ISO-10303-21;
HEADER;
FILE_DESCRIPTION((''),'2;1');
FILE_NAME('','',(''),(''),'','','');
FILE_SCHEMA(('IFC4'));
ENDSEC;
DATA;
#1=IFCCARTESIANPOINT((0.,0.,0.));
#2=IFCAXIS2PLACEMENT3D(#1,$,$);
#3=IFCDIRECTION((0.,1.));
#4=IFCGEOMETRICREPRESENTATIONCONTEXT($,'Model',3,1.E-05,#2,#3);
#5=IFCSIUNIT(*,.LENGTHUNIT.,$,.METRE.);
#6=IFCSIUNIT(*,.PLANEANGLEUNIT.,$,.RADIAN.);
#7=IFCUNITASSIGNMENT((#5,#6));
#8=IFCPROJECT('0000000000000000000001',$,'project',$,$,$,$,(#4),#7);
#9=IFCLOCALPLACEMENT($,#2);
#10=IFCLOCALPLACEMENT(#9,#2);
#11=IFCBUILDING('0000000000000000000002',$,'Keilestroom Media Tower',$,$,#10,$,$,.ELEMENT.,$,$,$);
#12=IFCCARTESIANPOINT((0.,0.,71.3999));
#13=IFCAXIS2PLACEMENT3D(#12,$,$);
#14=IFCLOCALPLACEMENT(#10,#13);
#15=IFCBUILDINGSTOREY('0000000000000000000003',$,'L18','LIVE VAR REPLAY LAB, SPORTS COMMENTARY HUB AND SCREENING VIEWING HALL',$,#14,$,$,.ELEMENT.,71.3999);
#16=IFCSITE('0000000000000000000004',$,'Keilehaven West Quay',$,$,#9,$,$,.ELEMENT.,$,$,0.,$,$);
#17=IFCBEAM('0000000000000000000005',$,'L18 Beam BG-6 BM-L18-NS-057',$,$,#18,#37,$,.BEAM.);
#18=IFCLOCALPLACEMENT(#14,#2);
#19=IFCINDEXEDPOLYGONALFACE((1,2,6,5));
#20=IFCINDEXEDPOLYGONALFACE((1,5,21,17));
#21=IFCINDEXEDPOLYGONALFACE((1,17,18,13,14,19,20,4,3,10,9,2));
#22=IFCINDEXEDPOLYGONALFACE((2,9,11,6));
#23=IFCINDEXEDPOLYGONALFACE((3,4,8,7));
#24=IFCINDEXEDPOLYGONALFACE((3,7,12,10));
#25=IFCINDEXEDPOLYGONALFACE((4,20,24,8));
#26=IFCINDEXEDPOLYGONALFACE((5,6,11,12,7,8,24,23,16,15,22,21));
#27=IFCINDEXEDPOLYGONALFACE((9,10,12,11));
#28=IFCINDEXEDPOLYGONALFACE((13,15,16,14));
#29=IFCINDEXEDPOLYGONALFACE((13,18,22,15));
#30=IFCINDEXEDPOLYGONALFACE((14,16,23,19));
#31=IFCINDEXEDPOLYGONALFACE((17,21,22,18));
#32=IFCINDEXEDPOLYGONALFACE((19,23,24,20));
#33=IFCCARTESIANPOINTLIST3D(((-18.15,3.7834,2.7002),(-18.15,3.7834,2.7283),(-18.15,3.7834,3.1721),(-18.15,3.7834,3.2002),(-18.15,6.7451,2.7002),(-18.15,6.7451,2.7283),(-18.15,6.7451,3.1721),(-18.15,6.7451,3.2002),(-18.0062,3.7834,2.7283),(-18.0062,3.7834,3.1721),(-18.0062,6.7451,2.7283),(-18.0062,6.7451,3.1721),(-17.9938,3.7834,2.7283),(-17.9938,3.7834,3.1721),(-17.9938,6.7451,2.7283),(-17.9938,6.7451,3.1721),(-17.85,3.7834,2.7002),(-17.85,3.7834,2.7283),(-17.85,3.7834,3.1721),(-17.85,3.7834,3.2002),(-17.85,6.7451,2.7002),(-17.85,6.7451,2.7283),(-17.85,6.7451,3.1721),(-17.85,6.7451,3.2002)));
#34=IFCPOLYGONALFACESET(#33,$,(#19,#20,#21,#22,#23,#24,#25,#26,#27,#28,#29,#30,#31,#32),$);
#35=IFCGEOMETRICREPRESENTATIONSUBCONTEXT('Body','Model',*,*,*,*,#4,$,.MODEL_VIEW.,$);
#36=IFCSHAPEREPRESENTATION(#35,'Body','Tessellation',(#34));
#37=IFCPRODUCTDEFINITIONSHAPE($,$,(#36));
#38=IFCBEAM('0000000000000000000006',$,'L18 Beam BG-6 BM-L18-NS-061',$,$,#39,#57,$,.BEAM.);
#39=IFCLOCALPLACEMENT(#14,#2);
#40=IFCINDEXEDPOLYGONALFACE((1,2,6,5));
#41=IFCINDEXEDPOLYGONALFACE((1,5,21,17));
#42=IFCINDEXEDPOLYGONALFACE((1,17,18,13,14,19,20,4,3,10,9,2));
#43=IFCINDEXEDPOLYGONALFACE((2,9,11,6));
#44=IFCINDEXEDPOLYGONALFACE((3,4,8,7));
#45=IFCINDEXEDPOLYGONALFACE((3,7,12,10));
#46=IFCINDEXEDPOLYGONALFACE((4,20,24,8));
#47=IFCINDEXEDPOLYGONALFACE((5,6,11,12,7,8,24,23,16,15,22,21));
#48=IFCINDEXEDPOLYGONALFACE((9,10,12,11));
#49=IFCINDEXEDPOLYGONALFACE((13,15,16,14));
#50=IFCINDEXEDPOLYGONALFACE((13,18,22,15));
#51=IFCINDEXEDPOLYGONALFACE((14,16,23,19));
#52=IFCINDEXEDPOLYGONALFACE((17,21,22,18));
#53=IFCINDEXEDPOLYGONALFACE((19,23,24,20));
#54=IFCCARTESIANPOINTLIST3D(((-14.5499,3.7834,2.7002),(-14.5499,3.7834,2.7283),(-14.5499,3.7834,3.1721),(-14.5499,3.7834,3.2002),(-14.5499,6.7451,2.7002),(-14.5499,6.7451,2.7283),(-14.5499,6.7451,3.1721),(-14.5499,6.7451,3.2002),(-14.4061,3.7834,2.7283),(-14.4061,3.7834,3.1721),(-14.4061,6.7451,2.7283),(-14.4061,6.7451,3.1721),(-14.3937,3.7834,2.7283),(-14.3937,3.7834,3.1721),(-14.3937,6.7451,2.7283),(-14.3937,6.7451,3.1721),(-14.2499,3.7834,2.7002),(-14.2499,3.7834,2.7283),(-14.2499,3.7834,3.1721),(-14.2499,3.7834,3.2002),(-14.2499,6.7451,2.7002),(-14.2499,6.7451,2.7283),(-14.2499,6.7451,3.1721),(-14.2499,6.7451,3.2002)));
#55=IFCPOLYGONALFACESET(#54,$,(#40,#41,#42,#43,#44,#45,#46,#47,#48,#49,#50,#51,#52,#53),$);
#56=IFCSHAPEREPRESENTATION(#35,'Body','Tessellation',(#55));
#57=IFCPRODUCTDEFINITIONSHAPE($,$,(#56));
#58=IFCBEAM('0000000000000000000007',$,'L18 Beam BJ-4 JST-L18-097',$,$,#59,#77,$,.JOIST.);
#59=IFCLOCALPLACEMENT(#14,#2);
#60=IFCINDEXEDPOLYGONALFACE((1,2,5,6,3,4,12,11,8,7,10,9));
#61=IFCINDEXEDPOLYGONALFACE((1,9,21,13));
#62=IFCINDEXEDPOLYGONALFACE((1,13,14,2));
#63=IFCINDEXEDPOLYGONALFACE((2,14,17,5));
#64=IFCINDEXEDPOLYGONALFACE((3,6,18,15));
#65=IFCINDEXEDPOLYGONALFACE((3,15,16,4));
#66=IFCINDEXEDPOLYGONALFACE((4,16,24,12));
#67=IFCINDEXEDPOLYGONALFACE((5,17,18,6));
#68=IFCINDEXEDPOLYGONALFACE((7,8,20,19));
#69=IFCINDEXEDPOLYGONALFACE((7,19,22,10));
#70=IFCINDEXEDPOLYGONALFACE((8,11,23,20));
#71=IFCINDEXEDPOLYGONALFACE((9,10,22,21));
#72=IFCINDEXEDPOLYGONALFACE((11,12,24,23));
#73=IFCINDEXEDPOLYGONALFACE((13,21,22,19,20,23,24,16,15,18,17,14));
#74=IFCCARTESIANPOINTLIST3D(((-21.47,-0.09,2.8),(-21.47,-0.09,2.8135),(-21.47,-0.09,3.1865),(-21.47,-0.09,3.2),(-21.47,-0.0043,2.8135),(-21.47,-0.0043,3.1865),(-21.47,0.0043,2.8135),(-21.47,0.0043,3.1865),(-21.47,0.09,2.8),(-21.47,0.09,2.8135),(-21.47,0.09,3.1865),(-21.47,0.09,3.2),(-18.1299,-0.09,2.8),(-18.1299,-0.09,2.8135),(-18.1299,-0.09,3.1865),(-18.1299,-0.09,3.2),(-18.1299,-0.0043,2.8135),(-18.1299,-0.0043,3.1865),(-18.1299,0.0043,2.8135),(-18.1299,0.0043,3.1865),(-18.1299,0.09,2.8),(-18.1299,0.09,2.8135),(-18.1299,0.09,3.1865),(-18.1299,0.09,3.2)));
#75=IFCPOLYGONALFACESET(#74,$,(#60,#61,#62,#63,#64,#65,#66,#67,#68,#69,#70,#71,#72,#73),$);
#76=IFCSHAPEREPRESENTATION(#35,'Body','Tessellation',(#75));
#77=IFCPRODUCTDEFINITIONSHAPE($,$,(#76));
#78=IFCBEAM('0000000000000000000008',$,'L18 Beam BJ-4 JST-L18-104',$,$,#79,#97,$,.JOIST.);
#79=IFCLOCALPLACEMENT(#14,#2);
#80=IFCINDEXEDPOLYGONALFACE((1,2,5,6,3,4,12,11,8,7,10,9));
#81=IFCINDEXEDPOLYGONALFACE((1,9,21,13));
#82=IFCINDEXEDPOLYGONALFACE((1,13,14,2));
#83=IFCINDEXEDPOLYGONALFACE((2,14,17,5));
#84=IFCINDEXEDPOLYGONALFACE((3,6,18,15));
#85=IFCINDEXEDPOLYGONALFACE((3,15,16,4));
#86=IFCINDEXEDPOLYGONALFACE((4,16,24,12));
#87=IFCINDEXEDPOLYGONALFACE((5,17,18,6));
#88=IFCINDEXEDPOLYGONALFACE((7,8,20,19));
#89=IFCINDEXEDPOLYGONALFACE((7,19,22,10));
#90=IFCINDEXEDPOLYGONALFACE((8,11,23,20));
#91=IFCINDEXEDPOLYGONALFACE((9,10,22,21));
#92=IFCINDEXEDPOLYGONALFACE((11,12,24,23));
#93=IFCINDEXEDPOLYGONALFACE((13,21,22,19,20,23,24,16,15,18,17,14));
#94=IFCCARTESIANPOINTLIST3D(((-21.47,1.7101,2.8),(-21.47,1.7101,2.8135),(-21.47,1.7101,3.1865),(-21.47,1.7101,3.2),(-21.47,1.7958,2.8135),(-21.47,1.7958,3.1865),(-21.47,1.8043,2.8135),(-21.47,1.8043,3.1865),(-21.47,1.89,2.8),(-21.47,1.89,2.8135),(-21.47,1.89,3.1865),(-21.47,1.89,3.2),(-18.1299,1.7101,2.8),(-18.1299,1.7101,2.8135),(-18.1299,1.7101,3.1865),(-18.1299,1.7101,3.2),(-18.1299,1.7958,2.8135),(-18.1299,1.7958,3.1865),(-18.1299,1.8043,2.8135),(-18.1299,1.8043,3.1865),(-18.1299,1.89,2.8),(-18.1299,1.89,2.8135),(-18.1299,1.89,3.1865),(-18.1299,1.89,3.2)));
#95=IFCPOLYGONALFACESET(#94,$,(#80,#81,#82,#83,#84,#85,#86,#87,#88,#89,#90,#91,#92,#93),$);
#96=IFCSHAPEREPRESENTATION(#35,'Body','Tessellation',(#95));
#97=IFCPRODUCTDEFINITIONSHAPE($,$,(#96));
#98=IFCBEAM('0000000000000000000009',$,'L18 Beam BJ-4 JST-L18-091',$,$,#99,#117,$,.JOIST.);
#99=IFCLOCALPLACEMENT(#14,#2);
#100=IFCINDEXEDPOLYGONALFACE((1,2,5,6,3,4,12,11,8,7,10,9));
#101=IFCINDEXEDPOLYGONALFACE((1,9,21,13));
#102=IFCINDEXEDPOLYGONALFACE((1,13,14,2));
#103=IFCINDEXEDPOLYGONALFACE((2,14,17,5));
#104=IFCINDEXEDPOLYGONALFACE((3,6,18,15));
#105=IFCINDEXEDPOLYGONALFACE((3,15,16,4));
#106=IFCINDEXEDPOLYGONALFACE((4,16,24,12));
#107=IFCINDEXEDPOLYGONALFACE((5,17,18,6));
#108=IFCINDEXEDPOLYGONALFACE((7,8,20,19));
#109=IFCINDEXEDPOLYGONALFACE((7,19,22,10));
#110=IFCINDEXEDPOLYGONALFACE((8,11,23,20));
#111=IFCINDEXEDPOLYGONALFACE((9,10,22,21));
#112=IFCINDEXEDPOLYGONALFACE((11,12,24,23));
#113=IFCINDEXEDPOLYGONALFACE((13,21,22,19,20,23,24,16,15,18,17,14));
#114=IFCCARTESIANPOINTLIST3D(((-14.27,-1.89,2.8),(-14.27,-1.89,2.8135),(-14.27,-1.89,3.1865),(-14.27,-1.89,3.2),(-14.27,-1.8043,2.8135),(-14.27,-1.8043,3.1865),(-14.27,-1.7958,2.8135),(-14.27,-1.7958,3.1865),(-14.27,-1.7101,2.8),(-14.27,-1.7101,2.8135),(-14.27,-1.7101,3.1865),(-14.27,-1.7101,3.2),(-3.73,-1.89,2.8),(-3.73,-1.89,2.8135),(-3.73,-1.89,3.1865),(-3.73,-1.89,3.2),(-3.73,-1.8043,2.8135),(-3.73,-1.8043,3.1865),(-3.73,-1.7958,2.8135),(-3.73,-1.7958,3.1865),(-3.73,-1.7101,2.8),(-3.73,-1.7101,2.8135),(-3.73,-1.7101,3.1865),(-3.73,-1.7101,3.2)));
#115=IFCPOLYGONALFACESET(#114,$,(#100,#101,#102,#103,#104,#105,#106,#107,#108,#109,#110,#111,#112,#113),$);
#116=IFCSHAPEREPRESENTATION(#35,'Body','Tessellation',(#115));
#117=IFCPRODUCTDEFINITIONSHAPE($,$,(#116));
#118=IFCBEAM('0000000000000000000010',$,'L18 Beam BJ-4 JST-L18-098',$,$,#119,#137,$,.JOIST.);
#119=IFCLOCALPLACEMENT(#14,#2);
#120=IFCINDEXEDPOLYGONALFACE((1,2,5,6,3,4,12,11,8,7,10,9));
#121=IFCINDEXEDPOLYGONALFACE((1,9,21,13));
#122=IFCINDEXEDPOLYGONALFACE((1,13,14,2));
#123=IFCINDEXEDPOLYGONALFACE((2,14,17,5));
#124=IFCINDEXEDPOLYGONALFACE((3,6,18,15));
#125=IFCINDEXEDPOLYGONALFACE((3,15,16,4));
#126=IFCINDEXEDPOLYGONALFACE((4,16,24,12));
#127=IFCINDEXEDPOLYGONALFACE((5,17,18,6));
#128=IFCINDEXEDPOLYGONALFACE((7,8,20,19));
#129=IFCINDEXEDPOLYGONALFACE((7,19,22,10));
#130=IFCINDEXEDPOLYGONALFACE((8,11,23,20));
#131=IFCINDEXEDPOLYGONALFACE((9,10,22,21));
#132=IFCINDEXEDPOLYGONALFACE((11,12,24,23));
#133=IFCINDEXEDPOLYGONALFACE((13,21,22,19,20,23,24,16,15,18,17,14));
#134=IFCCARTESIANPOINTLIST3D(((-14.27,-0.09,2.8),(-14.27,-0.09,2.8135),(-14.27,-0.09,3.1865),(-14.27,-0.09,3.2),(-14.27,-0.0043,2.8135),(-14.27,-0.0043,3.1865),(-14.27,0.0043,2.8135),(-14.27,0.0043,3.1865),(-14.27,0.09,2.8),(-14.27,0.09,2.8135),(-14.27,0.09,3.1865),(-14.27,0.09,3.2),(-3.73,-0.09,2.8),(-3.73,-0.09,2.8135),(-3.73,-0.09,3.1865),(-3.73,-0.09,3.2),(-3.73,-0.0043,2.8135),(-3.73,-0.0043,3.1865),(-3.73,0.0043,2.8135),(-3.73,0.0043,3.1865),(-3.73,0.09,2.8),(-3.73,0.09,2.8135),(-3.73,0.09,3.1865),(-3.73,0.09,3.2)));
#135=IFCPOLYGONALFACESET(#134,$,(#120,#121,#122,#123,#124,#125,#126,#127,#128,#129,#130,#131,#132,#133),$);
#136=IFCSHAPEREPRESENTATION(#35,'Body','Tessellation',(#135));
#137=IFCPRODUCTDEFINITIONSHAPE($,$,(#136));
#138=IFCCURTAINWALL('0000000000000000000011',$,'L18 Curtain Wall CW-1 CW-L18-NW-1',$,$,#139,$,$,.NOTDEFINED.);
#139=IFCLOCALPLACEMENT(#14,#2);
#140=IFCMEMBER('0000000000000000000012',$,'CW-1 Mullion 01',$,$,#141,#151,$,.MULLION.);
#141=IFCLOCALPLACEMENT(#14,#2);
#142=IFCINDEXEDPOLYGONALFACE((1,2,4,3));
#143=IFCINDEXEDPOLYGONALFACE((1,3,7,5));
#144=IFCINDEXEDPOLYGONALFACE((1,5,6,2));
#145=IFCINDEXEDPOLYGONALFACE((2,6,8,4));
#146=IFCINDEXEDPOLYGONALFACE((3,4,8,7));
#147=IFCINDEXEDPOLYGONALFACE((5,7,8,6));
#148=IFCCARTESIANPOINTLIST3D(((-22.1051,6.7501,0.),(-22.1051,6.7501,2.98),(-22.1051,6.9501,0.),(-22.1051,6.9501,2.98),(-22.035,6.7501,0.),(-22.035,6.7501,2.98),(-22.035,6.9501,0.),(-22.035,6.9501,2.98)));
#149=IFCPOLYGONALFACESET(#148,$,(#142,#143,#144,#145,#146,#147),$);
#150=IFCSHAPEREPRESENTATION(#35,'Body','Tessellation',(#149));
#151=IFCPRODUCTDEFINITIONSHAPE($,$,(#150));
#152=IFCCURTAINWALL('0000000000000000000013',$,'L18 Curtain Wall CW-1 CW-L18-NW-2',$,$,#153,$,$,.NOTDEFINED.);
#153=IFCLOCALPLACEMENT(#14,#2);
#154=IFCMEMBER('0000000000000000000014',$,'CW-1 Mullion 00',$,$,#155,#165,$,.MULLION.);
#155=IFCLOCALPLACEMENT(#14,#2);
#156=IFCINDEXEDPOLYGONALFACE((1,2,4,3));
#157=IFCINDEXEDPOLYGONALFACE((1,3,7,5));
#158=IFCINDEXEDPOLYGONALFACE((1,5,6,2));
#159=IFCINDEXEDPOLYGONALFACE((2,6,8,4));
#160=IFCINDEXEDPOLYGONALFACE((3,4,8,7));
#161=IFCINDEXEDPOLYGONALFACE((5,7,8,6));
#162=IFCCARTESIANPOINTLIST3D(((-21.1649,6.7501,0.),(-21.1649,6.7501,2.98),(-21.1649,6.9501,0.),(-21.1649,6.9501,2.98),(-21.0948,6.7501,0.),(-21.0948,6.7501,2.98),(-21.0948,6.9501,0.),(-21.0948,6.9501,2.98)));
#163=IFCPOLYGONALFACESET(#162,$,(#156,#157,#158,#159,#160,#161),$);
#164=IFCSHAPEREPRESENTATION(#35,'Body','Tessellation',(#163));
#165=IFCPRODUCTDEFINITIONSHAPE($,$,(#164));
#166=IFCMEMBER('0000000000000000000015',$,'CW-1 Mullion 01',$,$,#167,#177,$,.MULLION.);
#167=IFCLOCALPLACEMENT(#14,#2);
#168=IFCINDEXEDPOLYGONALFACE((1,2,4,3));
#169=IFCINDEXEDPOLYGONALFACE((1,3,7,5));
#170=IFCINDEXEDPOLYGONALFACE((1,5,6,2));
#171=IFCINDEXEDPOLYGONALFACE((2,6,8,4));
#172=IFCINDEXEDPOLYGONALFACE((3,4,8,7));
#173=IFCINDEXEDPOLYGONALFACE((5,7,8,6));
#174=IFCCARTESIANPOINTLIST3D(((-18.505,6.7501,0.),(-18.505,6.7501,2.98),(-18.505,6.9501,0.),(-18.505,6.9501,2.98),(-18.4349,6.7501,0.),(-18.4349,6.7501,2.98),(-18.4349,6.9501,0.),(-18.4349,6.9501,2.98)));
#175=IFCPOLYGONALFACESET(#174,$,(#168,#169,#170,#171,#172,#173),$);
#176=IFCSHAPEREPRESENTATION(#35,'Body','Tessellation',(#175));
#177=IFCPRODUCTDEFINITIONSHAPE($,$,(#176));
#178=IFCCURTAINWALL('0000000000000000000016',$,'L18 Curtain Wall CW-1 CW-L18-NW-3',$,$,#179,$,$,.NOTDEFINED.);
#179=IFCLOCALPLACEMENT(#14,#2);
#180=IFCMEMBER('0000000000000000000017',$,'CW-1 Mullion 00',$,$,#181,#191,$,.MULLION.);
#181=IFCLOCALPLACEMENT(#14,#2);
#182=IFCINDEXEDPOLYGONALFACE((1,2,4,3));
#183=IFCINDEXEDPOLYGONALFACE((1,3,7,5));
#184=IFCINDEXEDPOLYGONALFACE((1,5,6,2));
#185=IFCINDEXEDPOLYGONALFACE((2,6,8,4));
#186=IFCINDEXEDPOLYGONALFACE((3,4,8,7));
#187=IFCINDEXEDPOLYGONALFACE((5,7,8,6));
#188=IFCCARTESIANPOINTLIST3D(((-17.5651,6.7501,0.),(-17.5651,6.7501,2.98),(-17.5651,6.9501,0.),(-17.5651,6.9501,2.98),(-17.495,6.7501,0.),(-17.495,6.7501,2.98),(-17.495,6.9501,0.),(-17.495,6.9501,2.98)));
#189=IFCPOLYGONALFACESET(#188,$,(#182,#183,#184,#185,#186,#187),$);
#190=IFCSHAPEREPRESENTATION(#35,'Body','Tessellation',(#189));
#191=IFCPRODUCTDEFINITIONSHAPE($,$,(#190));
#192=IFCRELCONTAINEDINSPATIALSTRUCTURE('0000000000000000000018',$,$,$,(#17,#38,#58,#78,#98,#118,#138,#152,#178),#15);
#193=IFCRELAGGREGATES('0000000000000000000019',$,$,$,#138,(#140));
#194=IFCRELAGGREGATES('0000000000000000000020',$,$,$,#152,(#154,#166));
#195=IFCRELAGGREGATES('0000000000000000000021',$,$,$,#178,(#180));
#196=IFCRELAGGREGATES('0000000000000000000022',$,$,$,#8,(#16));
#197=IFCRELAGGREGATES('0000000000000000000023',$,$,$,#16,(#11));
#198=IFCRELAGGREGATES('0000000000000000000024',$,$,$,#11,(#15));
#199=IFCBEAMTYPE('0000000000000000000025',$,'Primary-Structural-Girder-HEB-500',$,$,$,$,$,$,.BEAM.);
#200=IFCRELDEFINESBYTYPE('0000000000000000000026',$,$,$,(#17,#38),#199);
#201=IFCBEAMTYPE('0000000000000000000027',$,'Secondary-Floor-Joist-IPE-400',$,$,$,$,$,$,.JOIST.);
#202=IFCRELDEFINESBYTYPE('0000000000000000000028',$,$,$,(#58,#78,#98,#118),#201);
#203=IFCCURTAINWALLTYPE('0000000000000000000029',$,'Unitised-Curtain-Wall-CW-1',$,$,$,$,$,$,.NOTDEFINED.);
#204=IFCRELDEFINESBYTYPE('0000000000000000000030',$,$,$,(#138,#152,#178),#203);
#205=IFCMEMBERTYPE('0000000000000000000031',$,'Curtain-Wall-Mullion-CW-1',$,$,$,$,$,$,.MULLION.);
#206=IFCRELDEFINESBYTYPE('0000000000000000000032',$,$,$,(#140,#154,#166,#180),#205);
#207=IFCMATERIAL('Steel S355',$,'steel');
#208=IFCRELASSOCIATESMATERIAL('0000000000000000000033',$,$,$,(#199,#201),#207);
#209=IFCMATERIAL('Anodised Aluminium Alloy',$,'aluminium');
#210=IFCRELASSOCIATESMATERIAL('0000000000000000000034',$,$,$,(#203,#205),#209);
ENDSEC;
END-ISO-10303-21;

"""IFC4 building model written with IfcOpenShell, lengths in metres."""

from ifc_helpers import new_model, si_unit, direction, frame, origin, origin_2d, place, context, subcontext, project, spatial, rectangle, i_section, extrude, source, transform, mapped, material, material_profile, profile_set, type_object, element, aggregate, save


model = new_model("IFC4")

# Units and contexts
model_context = context("Model", 3, precision=1e-05, world=origin(), true_north=direction((0.0, 1.0)))
body_context = subcontext(model_context, "Body", "Model", "MODEL_VIEW")
ifc_project = project(units=[si_unit("LENGTHUNIT", "METRE"), si_unit("PLANEANGLEUNIT", "RADIAN")], contexts=[model_context])

# Site, building, storey
site_placement = place(None, origin())
site = spatial("IfcSite", under=ifc_project, at=site_placement, Name="Keilehaven West Quay", CompositionType="ELEMENT", RefElevation=0.0)
building_placement = place(site_placement, origin())
building = spatial("IfcBuilding", under=site, at=building_placement, Name="Keilestroom Media Tower", CompositionType="ELEMENT")
storey_placement = place(building_placement, frame((0.0, 0.0, 71.3999)))
storey = spatial("IfcBuildingStorey", under=building, at=storey_placement, Name="L18", Description="LIVE VAR REPLAY LAB, SPORTS COMMENTARY HUB AND SCREENING VIEWING HALL", CompositionType="ELEMENT", Elevation=71.3999)

# Beams
ifc_material_1 = material(Name="Steel S355", Category="steel")
ifc_material_profile_1 = material_profile(ifc_material_1, i_section(OverallWidth=0.3, OverallDepth=0.5, WebThickness=0.0125, FlangeThickness=0.0281, at=origin_2d()), Name="HEB 500")
ifc_profile_set_1 = profile_set([ifc_material_profile_1], Name="Steel S355")
beam_type_1 = type_object("IfcBeamType", Name="Primary-Structural-Girder-HEB-500", PredefinedType="BEAM", material=ifc_profile_set_1)
shared_shape_1 = source(origin(), body_context, "Body", "SweptSolid", [
    extrude(i_section(OverallWidth=0.3, OverallDepth=0.5, WebThickness=0.0125, FlangeThickness=0.0281, at=origin_2d()), origin(), (0.0, 0.0, 1.0), 2.9617),
])
for number, where, z_axis, x_axis, name in (
    (1, (-18.0, 3.7834, 2.9502), (0.0, 1.0, 0.0), (-1.0, 0.0, 0.0), "L18 Beam BG-6 BM-L18-NS-057"),
    (2, (-14.3999, 3.7834, 2.9502), (0.0, 1.0, 0.0), (-1.0, 0.0, 0.0), "L18 Beam BG-6 BM-L18-NS-061"),
):
    element("IfcBeam", number, at=place(storey_placement, frame(where, z_axis=z_axis, x_axis=x_axis)), inside=storey, type_object=beam_type_1, Name=name, PredefinedType="BEAM", context=body_context, shape_type="MappedRepresentation", body=[
        mapped(shared_shape_1, transform((0.0, 0.0, 0.0), x_axis=(1.0, 0.0, 0.0), y_axis=(0.0, 1.0, 0.0), z_axis=(0.0, 0.0, 1.0), scale=1.0)),
    ])
ifc_material_profile_2 = material_profile(ifc_material_1, i_section(OverallWidth=0.1799, OverallDepth=0.3999, WebThickness=0.0085, FlangeThickness=0.0134, at=origin_2d()), Name="IPE 400")
ifc_profile_set_2 = profile_set([ifc_material_profile_2], Name="Steel S355")
beam_type_2 = type_object("IfcBeamType", Name="Secondary-Floor-Joist-IPE-400", PredefinedType="JOIST", material=ifc_profile_set_2)
shared_shape_2 = source(origin(), body_context, "Body", "SweptSolid", [
    extrude(i_section(OverallWidth=0.1799, OverallDepth=0.3999, WebThickness=0.0085, FlangeThickness=0.0134, at=origin_2d()), origin(), (0.0, 0.0, 1.0), 3.3401),
])
for number, where, z_axis, x_axis, name in (
    (3, (-21.47, 0.0, 3.0), (1.0, 0.0, 0.0), (0.0, 1.0, 0.0), "L18 Beam BJ-4 JST-L18-097"),
    (4, (-21.47, 1.8, 3.0), (1.0, 0.0, 0.0), (0.0, 1.0, 0.0), "L18 Beam BJ-4 JST-L18-104"),
):
    element("IfcBeam", number, at=place(storey_placement, frame(where, z_axis=z_axis, x_axis=x_axis)), inside=storey, type_object=beam_type_2, Name=name, PredefinedType="JOIST", context=body_context, shape_type="MappedRepresentation", body=[
        mapped(shared_shape_2, transform((0.0, 0.0, 0.0), x_axis=(1.0, 0.0, 0.0), y_axis=(0.0, 1.0, 0.0), z_axis=(0.0, 0.0, 1.0), scale=1.0)),
    ])
shared_shape_3 = source(origin(), body_context, "Body", "SweptSolid", [
    extrude(i_section(OverallWidth=0.1799, OverallDepth=0.3999, WebThickness=0.0085, FlangeThickness=0.0134, at=origin_2d()), origin(), (0.0, 0.0, 1.0), 10.54),
])
for number, where, z_axis, x_axis, name in (
    (5, (-14.27, -1.8, 3.0), (1.0, 0.0, 0.0), (0.0, 1.0, 0.0), "L18 Beam BJ-4 JST-L18-091"),
    (6, (-14.27, 0.0, 3.0), (1.0, 0.0, 0.0), (0.0, 1.0, 0.0), "L18 Beam BJ-4 JST-L18-098"),
):
    element("IfcBeam", number, at=place(storey_placement, frame(where, z_axis=z_axis, x_axis=x_axis)), inside=storey, type_object=beam_type_2, Name=name, PredefinedType="JOIST", context=body_context, shape_type="MappedRepresentation", body=[
        mapped(shared_shape_3, transform((0.0, 0.0, 0.0), x_axis=(1.0, 0.0, 0.0), y_axis=(0.0, 1.0, 0.0), z_axis=(0.0, 0.0, 1.0), scale=1.0)),
    ])

# Curtain wall, member
ifc_material_2 = material(Name="Anodised Aluminium Alloy", Category="aluminium")
curtain_wall_type = type_object("IfcCurtainWallType", Name="Unitised-Curtain-Wall-CW-1", PredefinedType="NOTDEFINED", material=ifc_material_2)
curtain_wall_1_placement = place(storey_placement, origin())
curtain_wall_1 = element("IfcCurtainWall", 7, at=curtain_wall_1_placement, inside=storey, type_object=curtain_wall_type, Name="L18 Curtain Wall CW-1 CW-L18-NW-1", PredefinedType="NOTDEFINED")
ifc_material_profile_3 = material_profile(ifc_material_2, rectangle(XDim=0.0701, YDim=0.2, at=origin_2d()), Name="ALU MULLION 70x200")
ifc_profile_set_3 = profile_set([ifc_material_profile_3], Name="Anodised Aluminium Alloy")
member_type_1 = type_object("IfcMemberType", Name="Curtain-Wall-Mullion-CW-1", PredefinedType="MULLION", material=ifc_profile_set_3)
shared_shape_4 = source(origin(), body_context, "Body", "SweptSolid", [
    extrude(rectangle(XDim=0.0701, YDim=0.2, at=origin_2d()), origin(), (0.0, 0.0, 1.0), 2.98),
])
member_1_placement = place(storey_placement, frame((-22.0701, 6.8501, 0.0), z_axis=(0.0, 0.0, 1.0), x_axis=(1.0, 0.0, 0.0)))
member_1 = element("IfcMember", 8, at=member_1_placement, type_object=member_type_1, Name="CW-1 Mullion 01", PredefinedType="MULLION", context=body_context, shape_type="MappedRepresentation", body=[
    mapped(shared_shape_4, transform((0.0, 0.0, 0.0), x_axis=(1.0, 0.0, 0.0), y_axis=(0.0, 1.0, 0.0), z_axis=(0.0, 0.0, 1.0), scale=1.0)),
])
aggregate(curtain_wall_1, [member_1])

# Curtain walls, members
curtain_wall_2_placement = place(storey_placement, origin())
curtain_wall_2 = element("IfcCurtainWall", 9, at=curtain_wall_2_placement, inside=storey, type_object=curtain_wall_type, Name="L18 Curtain Wall CW-1 CW-L18-NW-2", PredefinedType="NOTDEFINED")
member_2_placement = place(storey_placement, frame((-21.1299, 6.8501, 0.0), z_axis=(0.0, 0.0, 1.0), x_axis=(1.0, 0.0, 0.0)))
member_2 = element("IfcMember", 10, at=member_2_placement, type_object=member_type_1, Name="CW-1 Mullion 00", PredefinedType="MULLION", context=body_context, shape_type="MappedRepresentation", body=[
    mapped(shared_shape_4, transform((0.0, 0.0, 0.0), x_axis=(1.0, 0.0, 0.0), y_axis=(0.0, 1.0, 0.0), z_axis=(0.0, 0.0, 1.0), scale=1.0)),
])
member_3_placement = place(storey_placement, frame((-18.47, 6.8501, 0.0), z_axis=(0.0, 0.0, 1.0), x_axis=(1.0, 0.0, 0.0)))
member_3 = element("IfcMember", 11, at=member_3_placement, type_object=member_type_1, Name="CW-1 Mullion 01", PredefinedType="MULLION", context=body_context, shape_type="MappedRepresentation", body=[
    mapped(shared_shape_4, transform((0.0, 0.0, 0.0), x_axis=(1.0, 0.0, 0.0), y_axis=(0.0, 1.0, 0.0), z_axis=(0.0, 0.0, 1.0), scale=1.0)),
])
curtain_wall_3_placement = place(storey_placement, origin())
curtain_wall_3 = element("IfcCurtainWall", 12, at=curtain_wall_3_placement, inside=storey, type_object=curtain_wall_type, Name="L18 Curtain Wall CW-1 CW-L18-NW-3", PredefinedType="NOTDEFINED")
member_4_placement = place(storey_placement, frame((-17.53, 6.8501, 0.0), z_axis=(0.0, 0.0, 1.0), x_axis=(1.0, 0.0, 0.0)))
member_4 = element("IfcMember", 13, at=member_4_placement, type_object=member_type_1, Name="CW-1 Mullion 00", PredefinedType="MULLION", context=body_context, shape_type="MappedRepresentation", body=[
    mapped(shared_shape_4, transform((0.0, 0.0, 0.0), x_axis=(1.0, 0.0, 0.0), y_axis=(0.0, 1.0, 0.0), z_axis=(0.0, 0.0, 1.0), scale=1.0)),
])

aggregate(curtain_wall_2, [member_2, member_3])
aggregate(curtain_wall_3, [member_4])

save(model, "model.ifc")
